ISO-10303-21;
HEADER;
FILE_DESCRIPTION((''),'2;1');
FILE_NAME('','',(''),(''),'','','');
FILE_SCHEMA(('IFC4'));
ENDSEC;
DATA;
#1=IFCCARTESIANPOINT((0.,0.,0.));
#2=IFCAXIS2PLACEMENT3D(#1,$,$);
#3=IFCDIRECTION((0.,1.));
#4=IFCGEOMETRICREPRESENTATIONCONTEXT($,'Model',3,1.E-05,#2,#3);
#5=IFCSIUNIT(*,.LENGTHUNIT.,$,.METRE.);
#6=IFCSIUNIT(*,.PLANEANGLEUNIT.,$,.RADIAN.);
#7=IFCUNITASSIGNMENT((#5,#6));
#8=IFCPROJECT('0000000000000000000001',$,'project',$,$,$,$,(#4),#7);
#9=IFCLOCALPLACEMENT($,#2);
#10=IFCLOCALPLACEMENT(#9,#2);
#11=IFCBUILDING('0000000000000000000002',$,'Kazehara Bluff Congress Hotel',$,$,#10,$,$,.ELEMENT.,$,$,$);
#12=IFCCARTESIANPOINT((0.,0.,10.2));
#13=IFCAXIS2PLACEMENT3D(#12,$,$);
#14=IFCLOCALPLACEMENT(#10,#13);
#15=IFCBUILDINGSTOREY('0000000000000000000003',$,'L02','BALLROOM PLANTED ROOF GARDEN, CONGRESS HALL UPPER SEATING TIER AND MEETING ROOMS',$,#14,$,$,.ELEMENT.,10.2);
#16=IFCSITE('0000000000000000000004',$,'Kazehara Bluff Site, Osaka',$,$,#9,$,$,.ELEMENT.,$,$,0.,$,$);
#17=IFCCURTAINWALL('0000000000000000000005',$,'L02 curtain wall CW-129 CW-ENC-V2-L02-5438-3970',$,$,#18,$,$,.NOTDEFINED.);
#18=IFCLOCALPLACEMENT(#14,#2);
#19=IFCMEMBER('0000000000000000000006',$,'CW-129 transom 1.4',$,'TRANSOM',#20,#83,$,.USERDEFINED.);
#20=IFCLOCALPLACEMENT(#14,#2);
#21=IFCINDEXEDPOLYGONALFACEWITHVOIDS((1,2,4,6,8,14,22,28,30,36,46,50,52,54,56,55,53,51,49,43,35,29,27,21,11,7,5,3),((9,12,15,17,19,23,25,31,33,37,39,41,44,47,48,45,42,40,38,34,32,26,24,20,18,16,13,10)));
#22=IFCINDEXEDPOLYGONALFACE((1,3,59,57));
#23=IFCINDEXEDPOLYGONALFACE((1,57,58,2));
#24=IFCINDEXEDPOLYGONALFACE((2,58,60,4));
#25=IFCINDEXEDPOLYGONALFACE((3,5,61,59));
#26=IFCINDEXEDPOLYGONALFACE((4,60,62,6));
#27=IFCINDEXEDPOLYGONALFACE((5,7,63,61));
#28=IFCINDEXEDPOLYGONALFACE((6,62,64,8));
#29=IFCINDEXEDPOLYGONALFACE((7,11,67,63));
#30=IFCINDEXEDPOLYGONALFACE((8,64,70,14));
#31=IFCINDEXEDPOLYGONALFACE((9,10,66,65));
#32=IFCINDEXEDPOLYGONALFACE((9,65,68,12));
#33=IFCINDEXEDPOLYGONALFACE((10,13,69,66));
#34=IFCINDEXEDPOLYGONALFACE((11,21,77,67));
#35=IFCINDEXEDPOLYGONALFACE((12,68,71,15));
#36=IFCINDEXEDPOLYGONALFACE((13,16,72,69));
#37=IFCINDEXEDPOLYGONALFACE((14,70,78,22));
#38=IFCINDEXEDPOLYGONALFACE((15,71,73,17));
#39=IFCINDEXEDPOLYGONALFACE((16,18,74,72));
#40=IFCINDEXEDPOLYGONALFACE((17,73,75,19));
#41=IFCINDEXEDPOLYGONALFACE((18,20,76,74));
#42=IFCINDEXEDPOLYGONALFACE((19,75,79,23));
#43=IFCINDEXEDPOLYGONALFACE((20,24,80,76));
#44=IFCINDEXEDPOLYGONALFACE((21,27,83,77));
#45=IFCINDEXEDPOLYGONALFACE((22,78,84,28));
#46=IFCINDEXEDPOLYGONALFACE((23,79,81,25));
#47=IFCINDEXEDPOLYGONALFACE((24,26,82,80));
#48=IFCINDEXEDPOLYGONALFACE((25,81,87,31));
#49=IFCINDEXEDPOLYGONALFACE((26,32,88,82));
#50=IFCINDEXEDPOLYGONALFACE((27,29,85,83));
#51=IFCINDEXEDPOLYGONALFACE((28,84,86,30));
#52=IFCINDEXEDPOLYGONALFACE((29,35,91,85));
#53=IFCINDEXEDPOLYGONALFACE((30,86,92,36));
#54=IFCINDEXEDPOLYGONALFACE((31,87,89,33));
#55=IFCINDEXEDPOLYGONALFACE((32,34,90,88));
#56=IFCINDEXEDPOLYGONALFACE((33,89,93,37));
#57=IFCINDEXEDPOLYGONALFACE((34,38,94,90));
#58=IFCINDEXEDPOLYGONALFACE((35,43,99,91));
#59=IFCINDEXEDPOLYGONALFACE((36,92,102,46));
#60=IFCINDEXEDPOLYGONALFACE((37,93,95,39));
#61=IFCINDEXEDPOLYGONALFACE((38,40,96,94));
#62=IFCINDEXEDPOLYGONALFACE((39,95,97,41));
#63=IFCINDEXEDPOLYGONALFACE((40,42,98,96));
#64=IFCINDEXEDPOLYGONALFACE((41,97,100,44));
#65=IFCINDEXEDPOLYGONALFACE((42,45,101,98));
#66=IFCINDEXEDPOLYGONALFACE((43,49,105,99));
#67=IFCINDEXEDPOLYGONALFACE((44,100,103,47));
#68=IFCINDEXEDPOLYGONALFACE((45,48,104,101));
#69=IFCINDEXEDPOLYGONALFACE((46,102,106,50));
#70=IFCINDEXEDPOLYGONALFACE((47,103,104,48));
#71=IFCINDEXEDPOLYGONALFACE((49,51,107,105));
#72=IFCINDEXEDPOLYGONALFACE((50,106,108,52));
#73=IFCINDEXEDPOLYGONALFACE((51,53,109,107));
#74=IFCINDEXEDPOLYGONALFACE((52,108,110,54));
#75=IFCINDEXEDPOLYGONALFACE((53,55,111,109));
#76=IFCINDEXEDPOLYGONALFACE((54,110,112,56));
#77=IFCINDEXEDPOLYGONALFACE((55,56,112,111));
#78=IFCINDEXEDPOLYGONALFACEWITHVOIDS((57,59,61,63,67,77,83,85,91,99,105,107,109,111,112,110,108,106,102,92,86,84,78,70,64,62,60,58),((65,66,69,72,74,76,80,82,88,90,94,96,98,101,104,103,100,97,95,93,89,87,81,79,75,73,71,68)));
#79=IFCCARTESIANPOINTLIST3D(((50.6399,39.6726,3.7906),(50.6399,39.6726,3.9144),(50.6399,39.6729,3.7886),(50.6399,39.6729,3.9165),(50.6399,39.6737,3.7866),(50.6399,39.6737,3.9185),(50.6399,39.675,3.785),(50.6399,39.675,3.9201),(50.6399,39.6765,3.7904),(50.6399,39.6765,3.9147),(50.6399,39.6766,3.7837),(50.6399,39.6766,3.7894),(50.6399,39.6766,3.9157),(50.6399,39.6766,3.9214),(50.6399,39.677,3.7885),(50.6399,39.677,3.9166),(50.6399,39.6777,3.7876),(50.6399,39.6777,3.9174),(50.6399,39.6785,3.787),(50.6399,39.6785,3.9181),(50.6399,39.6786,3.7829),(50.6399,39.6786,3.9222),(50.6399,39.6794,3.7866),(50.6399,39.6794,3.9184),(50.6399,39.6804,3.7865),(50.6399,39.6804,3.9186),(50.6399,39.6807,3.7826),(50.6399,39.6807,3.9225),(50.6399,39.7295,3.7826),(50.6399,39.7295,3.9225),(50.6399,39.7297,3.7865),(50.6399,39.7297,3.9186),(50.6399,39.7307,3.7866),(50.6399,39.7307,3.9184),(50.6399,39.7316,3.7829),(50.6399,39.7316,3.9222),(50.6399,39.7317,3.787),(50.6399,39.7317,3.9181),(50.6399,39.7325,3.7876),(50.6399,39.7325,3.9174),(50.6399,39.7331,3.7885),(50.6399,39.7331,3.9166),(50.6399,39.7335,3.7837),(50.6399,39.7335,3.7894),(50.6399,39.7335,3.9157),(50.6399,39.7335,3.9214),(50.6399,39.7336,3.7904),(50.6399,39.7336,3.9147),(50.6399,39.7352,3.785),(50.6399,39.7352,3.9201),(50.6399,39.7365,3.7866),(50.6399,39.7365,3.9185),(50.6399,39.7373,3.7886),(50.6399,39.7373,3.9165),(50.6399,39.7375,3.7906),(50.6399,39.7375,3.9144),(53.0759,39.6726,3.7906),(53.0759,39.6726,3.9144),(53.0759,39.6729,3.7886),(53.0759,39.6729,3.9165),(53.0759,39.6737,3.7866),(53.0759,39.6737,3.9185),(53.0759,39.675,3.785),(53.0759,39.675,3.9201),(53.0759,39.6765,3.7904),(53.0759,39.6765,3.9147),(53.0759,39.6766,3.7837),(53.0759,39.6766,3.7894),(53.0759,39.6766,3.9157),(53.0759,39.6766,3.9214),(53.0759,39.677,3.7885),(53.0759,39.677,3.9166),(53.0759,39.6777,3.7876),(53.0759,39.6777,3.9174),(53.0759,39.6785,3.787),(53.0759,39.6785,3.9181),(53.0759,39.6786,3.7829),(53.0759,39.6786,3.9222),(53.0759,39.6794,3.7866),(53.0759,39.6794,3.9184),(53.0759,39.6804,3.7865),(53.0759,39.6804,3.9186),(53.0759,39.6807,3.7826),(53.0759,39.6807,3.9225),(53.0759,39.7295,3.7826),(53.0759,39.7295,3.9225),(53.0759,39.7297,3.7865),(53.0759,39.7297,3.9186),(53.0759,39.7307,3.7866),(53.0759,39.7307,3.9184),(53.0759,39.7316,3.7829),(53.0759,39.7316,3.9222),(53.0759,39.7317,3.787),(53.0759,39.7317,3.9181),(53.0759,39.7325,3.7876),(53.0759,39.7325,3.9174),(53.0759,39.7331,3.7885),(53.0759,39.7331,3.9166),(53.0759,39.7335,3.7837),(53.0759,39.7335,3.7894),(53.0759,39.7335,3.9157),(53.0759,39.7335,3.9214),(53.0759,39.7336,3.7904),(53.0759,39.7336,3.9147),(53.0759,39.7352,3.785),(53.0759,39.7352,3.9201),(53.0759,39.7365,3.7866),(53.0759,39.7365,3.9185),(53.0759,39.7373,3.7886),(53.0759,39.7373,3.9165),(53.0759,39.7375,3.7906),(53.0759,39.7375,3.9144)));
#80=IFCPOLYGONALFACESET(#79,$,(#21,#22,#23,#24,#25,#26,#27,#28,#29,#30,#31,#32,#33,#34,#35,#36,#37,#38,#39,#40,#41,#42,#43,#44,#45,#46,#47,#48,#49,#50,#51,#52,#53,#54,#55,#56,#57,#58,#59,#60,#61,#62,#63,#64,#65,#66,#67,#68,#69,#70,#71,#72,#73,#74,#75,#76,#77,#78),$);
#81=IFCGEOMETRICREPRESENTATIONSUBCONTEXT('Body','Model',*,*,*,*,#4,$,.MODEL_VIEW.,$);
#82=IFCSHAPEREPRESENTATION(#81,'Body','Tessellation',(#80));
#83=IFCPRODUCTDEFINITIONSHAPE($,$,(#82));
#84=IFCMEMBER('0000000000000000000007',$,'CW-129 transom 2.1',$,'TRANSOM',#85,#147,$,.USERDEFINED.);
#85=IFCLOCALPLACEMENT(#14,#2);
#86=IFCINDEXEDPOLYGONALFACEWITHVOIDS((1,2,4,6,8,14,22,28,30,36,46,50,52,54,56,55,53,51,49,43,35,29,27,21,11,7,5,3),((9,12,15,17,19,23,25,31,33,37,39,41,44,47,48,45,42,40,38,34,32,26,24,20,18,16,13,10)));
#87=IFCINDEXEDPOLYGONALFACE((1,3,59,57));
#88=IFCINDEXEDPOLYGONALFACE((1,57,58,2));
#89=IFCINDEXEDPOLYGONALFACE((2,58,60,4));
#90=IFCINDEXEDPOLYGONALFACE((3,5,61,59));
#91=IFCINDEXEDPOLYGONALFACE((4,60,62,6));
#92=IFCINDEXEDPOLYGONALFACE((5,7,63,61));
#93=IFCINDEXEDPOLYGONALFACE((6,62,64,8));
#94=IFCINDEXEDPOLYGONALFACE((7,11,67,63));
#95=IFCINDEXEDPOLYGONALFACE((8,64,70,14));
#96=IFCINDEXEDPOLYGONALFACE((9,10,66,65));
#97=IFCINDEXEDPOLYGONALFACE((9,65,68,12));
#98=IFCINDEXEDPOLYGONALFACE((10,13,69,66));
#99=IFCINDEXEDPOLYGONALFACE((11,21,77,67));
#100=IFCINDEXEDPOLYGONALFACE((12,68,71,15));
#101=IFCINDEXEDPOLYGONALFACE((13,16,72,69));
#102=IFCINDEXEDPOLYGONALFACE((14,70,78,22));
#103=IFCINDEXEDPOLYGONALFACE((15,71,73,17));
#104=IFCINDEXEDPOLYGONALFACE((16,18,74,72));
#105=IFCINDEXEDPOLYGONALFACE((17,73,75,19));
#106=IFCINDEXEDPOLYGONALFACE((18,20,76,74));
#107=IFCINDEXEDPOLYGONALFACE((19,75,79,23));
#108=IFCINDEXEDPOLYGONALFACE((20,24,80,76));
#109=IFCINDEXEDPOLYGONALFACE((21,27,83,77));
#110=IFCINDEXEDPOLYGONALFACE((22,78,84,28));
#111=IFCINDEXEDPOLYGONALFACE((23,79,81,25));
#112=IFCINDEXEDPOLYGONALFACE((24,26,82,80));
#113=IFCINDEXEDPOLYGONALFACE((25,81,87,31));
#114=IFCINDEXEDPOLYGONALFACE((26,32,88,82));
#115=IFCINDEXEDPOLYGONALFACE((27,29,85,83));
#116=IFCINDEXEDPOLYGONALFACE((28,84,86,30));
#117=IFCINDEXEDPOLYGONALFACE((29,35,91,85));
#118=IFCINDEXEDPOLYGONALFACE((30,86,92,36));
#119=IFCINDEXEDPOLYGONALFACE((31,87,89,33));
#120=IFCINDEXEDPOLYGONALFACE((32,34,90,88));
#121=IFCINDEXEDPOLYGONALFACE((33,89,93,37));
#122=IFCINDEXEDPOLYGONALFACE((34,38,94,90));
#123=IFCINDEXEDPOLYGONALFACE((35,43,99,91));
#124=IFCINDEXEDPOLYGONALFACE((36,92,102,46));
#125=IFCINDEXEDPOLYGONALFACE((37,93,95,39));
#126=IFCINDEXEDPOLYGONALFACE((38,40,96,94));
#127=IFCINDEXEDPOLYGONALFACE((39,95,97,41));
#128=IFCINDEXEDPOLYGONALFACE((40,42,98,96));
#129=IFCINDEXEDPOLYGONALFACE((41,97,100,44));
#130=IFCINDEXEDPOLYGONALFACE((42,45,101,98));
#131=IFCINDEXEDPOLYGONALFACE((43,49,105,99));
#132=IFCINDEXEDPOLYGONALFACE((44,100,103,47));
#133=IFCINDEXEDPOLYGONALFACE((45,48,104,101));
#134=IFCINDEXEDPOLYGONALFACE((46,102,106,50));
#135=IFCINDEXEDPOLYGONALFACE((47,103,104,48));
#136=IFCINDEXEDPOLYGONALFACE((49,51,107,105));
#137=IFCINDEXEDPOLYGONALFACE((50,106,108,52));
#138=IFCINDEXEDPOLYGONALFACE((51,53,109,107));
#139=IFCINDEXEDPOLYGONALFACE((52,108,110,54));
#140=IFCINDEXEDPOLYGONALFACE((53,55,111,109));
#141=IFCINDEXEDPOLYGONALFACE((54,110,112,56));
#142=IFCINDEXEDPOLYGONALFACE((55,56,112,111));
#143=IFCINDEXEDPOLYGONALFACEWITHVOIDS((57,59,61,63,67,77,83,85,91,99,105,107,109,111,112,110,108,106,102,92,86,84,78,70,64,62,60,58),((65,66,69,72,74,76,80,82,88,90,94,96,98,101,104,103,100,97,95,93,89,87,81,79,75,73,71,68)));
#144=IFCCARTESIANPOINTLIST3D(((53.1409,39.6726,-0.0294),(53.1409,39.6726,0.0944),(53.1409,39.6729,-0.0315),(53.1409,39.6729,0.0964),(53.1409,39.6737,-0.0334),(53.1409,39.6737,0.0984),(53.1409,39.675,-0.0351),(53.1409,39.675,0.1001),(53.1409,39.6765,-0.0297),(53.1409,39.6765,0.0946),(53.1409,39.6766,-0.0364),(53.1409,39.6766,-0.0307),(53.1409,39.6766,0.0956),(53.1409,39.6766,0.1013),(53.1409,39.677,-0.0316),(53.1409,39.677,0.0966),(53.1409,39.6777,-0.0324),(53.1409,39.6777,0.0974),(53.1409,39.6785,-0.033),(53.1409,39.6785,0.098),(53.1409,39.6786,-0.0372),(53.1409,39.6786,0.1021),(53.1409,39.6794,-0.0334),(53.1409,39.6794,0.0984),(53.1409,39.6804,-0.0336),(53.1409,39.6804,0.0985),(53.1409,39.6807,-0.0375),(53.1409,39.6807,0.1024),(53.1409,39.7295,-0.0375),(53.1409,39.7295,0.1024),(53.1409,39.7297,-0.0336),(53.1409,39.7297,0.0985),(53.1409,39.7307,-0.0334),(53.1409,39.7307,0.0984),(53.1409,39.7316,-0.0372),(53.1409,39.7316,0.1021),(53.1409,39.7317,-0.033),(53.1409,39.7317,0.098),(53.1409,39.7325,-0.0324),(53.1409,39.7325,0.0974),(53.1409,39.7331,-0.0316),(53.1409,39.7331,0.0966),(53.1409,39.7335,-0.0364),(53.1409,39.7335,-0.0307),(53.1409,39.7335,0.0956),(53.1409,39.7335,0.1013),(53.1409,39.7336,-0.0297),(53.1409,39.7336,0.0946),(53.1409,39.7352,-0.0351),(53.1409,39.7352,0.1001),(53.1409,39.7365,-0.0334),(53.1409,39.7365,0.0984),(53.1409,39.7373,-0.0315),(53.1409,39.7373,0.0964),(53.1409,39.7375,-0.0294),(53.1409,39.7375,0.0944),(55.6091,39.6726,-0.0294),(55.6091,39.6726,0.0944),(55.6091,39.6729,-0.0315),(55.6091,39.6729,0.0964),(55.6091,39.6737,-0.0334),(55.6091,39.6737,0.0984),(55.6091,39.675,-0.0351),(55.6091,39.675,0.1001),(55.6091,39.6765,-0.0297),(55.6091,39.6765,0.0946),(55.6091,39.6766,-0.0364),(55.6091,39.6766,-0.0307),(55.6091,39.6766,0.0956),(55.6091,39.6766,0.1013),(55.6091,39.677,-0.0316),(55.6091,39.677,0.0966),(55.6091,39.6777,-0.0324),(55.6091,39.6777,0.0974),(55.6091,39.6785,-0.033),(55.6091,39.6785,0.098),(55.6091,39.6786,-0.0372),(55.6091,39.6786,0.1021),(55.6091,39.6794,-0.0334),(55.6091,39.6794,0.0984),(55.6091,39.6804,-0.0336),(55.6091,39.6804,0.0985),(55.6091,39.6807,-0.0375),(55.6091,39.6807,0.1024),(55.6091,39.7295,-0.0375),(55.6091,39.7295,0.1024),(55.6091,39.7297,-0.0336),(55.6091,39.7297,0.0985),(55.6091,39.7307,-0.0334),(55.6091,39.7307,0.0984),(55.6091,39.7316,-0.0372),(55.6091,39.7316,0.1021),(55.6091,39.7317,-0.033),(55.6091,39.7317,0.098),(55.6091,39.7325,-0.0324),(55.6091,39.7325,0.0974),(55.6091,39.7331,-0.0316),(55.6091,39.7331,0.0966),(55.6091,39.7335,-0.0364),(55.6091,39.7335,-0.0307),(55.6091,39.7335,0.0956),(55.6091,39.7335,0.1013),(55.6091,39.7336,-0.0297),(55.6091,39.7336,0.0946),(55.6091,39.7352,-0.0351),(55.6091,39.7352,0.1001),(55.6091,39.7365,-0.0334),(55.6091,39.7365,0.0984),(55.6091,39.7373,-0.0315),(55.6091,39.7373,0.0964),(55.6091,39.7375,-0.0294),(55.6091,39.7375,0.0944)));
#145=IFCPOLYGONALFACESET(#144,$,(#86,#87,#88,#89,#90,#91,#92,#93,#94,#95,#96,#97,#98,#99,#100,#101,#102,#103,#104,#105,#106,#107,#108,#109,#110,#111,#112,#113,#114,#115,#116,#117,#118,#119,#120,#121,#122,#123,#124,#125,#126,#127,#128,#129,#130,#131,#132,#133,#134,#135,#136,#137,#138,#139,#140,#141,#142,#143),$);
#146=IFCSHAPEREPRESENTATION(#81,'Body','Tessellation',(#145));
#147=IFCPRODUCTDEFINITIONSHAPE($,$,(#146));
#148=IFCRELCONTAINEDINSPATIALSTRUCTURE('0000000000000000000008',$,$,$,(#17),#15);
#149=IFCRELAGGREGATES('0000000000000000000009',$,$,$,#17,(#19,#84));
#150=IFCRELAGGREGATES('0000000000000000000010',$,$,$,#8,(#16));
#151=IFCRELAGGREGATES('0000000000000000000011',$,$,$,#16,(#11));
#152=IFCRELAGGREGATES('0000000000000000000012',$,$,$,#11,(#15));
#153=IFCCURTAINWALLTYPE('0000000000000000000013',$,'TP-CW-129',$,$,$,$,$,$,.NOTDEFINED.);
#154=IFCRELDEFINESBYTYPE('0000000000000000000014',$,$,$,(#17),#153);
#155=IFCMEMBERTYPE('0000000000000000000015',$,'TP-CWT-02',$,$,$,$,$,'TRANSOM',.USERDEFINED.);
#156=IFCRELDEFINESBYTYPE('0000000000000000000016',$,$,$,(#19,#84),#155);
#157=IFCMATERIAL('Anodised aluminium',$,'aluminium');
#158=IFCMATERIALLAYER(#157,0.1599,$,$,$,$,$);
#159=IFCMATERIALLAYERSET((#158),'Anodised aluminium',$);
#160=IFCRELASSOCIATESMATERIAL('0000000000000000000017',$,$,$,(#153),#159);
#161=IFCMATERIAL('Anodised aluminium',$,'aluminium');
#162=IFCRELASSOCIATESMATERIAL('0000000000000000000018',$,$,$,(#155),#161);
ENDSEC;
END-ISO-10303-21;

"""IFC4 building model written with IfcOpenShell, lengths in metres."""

from ifc_helpers import new_model, si_unit, direction, frame, origin, origin_2d, place, context, subcontext, project, spatial, hollow_rectangle, extrude, material, layer, layer_set, material_profile, profile_set, type_object, element, aggregate, save


model = new_model("IFC4")

# Units and contexts
model_context = context("Model", 3, precision=1e-05, world=origin(), true_north=direction((0.0, 1.0)))
body_context = subcontext(model_context, "Body", "Model", "MODEL_VIEW")
ifc_project = project(units=[si_unit("LENGTHUNIT", "METRE"), si_unit("PLANEANGLEUNIT", "RADIAN")], contexts=[model_context])

# Site, building, storey
site_placement = place(None, origin())
site = spatial("IfcSite", under=ifc_project, at=site_placement, Name="Kazehara Bluff Site, Osaka", CompositionType="ELEMENT", RefElevation=0.0)
building_placement = place(site_placement, origin())
building = spatial("IfcBuilding", under=site, at=building_placement, Name="Kazehara Bluff Congress Hotel", CompositionType="ELEMENT")
storey_placement = place(building_placement, frame((0.0, 0.0, 10.2)))
storey = spatial("IfcBuildingStorey", under=building, at=storey_placement, Name="L02", Description="BALLROOM PLANTED ROOF GARDEN, CONGRESS HALL UPPER SEATING TIER AND MEETING ROOMS", CompositionType="ELEMENT", Elevation=10.2)

# Curtain wall
ifc_material_1 = material(Name="Anodised aluminium", Category="aluminium")
ifc_layer_1 = layer(ifc_material_1, 0.1599)
ifc_layer_set_1 = layer_set([ifc_layer_1], Name="Anodised aluminium")
curtain_wall_type_1 = type_object("IfcCurtainWallType", Name="TP-CW-129", PredefinedType="NOTDEFINED", material=ifc_layer_set_1)
curtain_wall_1_placement = place(storey_placement, origin())
curtain_wall_1 = element("IfcCurtainWall", 1, at=curtain_wall_1_placement, inside=storey, type_object=curtain_wall_type_1, Name="L02 curtain wall CW-129 CW-ENC-V2-L02-5438-3970", PredefinedType="NOTDEFINED")

# Shared definitions
ifc_material_2 = material(Name="Anodised aluminium", Category="aluminium")
ifc_material_profile_1 = material_profile(ifc_material_2, hollow_rectangle(XDim=0.0649, YDim=0.1399, WallThickness=0.0039, InnerFilletRadius=0.0039, OuterFilletRadius=0.0081, at=origin_2d()))
ifc_profile_set_1 = profile_set([ifc_material_profile_1], Name="Anodised aluminium")
member_type_1 = type_object("IfcMemberType", Name="TP-CWT-02", ElementType="TRANSOM", PredefinedType="USERDEFINED", material=ifc_profile_set_1)

# Members
member_1_placement = place(storey_placement, frame((50.6399, 39.7051, 3.8525), z_axis=(1.0, 0.0, 0.0), x_axis=(0.0, 1.0, 0.0)))
member_1 = element("IfcMember", 2, at=member_1_placement, type_object=member_type_1, Name="CW-129 transom 1.4", ObjectType="TRANSOM", PredefinedType="USERDEFINED", context=body_context, shape_type="SweptSolid", body=[
    extrude(hollow_rectangle(XDim=0.0649, YDim=0.1399, WallThickness=0.0039, InnerFilletRadius=0.0039, OuterFilletRadius=0.0081, at=origin_2d()), origin(), (0.0, 0.0, 1.0), 2.436),
])
member_2_placement = place(storey_placement, frame((53.1409, 39.7051, 0.0325), z_axis=(1.0, 0.0, 0.0), x_axis=(0.0, 1.0, 0.0)))
member_2 = element("IfcMember", 3, at=member_2_placement, type_object=member_type_1, Name="CW-129 transom 2.1", ObjectType="TRANSOM", PredefinedType="USERDEFINED", context=body_context, shape_type="SweptSolid", body=[
    extrude(hollow_rectangle(XDim=0.0649, YDim=0.1399, WallThickness=0.0039, InnerFilletRadius=0.0039, OuterFilletRadius=0.0081, at=origin_2d()), origin(), (0.0, 0.0, 1.0), 2.4683),
])

aggregate(curtain_wall_1, [member_1, member_2])

save(model, "model.ifc")
